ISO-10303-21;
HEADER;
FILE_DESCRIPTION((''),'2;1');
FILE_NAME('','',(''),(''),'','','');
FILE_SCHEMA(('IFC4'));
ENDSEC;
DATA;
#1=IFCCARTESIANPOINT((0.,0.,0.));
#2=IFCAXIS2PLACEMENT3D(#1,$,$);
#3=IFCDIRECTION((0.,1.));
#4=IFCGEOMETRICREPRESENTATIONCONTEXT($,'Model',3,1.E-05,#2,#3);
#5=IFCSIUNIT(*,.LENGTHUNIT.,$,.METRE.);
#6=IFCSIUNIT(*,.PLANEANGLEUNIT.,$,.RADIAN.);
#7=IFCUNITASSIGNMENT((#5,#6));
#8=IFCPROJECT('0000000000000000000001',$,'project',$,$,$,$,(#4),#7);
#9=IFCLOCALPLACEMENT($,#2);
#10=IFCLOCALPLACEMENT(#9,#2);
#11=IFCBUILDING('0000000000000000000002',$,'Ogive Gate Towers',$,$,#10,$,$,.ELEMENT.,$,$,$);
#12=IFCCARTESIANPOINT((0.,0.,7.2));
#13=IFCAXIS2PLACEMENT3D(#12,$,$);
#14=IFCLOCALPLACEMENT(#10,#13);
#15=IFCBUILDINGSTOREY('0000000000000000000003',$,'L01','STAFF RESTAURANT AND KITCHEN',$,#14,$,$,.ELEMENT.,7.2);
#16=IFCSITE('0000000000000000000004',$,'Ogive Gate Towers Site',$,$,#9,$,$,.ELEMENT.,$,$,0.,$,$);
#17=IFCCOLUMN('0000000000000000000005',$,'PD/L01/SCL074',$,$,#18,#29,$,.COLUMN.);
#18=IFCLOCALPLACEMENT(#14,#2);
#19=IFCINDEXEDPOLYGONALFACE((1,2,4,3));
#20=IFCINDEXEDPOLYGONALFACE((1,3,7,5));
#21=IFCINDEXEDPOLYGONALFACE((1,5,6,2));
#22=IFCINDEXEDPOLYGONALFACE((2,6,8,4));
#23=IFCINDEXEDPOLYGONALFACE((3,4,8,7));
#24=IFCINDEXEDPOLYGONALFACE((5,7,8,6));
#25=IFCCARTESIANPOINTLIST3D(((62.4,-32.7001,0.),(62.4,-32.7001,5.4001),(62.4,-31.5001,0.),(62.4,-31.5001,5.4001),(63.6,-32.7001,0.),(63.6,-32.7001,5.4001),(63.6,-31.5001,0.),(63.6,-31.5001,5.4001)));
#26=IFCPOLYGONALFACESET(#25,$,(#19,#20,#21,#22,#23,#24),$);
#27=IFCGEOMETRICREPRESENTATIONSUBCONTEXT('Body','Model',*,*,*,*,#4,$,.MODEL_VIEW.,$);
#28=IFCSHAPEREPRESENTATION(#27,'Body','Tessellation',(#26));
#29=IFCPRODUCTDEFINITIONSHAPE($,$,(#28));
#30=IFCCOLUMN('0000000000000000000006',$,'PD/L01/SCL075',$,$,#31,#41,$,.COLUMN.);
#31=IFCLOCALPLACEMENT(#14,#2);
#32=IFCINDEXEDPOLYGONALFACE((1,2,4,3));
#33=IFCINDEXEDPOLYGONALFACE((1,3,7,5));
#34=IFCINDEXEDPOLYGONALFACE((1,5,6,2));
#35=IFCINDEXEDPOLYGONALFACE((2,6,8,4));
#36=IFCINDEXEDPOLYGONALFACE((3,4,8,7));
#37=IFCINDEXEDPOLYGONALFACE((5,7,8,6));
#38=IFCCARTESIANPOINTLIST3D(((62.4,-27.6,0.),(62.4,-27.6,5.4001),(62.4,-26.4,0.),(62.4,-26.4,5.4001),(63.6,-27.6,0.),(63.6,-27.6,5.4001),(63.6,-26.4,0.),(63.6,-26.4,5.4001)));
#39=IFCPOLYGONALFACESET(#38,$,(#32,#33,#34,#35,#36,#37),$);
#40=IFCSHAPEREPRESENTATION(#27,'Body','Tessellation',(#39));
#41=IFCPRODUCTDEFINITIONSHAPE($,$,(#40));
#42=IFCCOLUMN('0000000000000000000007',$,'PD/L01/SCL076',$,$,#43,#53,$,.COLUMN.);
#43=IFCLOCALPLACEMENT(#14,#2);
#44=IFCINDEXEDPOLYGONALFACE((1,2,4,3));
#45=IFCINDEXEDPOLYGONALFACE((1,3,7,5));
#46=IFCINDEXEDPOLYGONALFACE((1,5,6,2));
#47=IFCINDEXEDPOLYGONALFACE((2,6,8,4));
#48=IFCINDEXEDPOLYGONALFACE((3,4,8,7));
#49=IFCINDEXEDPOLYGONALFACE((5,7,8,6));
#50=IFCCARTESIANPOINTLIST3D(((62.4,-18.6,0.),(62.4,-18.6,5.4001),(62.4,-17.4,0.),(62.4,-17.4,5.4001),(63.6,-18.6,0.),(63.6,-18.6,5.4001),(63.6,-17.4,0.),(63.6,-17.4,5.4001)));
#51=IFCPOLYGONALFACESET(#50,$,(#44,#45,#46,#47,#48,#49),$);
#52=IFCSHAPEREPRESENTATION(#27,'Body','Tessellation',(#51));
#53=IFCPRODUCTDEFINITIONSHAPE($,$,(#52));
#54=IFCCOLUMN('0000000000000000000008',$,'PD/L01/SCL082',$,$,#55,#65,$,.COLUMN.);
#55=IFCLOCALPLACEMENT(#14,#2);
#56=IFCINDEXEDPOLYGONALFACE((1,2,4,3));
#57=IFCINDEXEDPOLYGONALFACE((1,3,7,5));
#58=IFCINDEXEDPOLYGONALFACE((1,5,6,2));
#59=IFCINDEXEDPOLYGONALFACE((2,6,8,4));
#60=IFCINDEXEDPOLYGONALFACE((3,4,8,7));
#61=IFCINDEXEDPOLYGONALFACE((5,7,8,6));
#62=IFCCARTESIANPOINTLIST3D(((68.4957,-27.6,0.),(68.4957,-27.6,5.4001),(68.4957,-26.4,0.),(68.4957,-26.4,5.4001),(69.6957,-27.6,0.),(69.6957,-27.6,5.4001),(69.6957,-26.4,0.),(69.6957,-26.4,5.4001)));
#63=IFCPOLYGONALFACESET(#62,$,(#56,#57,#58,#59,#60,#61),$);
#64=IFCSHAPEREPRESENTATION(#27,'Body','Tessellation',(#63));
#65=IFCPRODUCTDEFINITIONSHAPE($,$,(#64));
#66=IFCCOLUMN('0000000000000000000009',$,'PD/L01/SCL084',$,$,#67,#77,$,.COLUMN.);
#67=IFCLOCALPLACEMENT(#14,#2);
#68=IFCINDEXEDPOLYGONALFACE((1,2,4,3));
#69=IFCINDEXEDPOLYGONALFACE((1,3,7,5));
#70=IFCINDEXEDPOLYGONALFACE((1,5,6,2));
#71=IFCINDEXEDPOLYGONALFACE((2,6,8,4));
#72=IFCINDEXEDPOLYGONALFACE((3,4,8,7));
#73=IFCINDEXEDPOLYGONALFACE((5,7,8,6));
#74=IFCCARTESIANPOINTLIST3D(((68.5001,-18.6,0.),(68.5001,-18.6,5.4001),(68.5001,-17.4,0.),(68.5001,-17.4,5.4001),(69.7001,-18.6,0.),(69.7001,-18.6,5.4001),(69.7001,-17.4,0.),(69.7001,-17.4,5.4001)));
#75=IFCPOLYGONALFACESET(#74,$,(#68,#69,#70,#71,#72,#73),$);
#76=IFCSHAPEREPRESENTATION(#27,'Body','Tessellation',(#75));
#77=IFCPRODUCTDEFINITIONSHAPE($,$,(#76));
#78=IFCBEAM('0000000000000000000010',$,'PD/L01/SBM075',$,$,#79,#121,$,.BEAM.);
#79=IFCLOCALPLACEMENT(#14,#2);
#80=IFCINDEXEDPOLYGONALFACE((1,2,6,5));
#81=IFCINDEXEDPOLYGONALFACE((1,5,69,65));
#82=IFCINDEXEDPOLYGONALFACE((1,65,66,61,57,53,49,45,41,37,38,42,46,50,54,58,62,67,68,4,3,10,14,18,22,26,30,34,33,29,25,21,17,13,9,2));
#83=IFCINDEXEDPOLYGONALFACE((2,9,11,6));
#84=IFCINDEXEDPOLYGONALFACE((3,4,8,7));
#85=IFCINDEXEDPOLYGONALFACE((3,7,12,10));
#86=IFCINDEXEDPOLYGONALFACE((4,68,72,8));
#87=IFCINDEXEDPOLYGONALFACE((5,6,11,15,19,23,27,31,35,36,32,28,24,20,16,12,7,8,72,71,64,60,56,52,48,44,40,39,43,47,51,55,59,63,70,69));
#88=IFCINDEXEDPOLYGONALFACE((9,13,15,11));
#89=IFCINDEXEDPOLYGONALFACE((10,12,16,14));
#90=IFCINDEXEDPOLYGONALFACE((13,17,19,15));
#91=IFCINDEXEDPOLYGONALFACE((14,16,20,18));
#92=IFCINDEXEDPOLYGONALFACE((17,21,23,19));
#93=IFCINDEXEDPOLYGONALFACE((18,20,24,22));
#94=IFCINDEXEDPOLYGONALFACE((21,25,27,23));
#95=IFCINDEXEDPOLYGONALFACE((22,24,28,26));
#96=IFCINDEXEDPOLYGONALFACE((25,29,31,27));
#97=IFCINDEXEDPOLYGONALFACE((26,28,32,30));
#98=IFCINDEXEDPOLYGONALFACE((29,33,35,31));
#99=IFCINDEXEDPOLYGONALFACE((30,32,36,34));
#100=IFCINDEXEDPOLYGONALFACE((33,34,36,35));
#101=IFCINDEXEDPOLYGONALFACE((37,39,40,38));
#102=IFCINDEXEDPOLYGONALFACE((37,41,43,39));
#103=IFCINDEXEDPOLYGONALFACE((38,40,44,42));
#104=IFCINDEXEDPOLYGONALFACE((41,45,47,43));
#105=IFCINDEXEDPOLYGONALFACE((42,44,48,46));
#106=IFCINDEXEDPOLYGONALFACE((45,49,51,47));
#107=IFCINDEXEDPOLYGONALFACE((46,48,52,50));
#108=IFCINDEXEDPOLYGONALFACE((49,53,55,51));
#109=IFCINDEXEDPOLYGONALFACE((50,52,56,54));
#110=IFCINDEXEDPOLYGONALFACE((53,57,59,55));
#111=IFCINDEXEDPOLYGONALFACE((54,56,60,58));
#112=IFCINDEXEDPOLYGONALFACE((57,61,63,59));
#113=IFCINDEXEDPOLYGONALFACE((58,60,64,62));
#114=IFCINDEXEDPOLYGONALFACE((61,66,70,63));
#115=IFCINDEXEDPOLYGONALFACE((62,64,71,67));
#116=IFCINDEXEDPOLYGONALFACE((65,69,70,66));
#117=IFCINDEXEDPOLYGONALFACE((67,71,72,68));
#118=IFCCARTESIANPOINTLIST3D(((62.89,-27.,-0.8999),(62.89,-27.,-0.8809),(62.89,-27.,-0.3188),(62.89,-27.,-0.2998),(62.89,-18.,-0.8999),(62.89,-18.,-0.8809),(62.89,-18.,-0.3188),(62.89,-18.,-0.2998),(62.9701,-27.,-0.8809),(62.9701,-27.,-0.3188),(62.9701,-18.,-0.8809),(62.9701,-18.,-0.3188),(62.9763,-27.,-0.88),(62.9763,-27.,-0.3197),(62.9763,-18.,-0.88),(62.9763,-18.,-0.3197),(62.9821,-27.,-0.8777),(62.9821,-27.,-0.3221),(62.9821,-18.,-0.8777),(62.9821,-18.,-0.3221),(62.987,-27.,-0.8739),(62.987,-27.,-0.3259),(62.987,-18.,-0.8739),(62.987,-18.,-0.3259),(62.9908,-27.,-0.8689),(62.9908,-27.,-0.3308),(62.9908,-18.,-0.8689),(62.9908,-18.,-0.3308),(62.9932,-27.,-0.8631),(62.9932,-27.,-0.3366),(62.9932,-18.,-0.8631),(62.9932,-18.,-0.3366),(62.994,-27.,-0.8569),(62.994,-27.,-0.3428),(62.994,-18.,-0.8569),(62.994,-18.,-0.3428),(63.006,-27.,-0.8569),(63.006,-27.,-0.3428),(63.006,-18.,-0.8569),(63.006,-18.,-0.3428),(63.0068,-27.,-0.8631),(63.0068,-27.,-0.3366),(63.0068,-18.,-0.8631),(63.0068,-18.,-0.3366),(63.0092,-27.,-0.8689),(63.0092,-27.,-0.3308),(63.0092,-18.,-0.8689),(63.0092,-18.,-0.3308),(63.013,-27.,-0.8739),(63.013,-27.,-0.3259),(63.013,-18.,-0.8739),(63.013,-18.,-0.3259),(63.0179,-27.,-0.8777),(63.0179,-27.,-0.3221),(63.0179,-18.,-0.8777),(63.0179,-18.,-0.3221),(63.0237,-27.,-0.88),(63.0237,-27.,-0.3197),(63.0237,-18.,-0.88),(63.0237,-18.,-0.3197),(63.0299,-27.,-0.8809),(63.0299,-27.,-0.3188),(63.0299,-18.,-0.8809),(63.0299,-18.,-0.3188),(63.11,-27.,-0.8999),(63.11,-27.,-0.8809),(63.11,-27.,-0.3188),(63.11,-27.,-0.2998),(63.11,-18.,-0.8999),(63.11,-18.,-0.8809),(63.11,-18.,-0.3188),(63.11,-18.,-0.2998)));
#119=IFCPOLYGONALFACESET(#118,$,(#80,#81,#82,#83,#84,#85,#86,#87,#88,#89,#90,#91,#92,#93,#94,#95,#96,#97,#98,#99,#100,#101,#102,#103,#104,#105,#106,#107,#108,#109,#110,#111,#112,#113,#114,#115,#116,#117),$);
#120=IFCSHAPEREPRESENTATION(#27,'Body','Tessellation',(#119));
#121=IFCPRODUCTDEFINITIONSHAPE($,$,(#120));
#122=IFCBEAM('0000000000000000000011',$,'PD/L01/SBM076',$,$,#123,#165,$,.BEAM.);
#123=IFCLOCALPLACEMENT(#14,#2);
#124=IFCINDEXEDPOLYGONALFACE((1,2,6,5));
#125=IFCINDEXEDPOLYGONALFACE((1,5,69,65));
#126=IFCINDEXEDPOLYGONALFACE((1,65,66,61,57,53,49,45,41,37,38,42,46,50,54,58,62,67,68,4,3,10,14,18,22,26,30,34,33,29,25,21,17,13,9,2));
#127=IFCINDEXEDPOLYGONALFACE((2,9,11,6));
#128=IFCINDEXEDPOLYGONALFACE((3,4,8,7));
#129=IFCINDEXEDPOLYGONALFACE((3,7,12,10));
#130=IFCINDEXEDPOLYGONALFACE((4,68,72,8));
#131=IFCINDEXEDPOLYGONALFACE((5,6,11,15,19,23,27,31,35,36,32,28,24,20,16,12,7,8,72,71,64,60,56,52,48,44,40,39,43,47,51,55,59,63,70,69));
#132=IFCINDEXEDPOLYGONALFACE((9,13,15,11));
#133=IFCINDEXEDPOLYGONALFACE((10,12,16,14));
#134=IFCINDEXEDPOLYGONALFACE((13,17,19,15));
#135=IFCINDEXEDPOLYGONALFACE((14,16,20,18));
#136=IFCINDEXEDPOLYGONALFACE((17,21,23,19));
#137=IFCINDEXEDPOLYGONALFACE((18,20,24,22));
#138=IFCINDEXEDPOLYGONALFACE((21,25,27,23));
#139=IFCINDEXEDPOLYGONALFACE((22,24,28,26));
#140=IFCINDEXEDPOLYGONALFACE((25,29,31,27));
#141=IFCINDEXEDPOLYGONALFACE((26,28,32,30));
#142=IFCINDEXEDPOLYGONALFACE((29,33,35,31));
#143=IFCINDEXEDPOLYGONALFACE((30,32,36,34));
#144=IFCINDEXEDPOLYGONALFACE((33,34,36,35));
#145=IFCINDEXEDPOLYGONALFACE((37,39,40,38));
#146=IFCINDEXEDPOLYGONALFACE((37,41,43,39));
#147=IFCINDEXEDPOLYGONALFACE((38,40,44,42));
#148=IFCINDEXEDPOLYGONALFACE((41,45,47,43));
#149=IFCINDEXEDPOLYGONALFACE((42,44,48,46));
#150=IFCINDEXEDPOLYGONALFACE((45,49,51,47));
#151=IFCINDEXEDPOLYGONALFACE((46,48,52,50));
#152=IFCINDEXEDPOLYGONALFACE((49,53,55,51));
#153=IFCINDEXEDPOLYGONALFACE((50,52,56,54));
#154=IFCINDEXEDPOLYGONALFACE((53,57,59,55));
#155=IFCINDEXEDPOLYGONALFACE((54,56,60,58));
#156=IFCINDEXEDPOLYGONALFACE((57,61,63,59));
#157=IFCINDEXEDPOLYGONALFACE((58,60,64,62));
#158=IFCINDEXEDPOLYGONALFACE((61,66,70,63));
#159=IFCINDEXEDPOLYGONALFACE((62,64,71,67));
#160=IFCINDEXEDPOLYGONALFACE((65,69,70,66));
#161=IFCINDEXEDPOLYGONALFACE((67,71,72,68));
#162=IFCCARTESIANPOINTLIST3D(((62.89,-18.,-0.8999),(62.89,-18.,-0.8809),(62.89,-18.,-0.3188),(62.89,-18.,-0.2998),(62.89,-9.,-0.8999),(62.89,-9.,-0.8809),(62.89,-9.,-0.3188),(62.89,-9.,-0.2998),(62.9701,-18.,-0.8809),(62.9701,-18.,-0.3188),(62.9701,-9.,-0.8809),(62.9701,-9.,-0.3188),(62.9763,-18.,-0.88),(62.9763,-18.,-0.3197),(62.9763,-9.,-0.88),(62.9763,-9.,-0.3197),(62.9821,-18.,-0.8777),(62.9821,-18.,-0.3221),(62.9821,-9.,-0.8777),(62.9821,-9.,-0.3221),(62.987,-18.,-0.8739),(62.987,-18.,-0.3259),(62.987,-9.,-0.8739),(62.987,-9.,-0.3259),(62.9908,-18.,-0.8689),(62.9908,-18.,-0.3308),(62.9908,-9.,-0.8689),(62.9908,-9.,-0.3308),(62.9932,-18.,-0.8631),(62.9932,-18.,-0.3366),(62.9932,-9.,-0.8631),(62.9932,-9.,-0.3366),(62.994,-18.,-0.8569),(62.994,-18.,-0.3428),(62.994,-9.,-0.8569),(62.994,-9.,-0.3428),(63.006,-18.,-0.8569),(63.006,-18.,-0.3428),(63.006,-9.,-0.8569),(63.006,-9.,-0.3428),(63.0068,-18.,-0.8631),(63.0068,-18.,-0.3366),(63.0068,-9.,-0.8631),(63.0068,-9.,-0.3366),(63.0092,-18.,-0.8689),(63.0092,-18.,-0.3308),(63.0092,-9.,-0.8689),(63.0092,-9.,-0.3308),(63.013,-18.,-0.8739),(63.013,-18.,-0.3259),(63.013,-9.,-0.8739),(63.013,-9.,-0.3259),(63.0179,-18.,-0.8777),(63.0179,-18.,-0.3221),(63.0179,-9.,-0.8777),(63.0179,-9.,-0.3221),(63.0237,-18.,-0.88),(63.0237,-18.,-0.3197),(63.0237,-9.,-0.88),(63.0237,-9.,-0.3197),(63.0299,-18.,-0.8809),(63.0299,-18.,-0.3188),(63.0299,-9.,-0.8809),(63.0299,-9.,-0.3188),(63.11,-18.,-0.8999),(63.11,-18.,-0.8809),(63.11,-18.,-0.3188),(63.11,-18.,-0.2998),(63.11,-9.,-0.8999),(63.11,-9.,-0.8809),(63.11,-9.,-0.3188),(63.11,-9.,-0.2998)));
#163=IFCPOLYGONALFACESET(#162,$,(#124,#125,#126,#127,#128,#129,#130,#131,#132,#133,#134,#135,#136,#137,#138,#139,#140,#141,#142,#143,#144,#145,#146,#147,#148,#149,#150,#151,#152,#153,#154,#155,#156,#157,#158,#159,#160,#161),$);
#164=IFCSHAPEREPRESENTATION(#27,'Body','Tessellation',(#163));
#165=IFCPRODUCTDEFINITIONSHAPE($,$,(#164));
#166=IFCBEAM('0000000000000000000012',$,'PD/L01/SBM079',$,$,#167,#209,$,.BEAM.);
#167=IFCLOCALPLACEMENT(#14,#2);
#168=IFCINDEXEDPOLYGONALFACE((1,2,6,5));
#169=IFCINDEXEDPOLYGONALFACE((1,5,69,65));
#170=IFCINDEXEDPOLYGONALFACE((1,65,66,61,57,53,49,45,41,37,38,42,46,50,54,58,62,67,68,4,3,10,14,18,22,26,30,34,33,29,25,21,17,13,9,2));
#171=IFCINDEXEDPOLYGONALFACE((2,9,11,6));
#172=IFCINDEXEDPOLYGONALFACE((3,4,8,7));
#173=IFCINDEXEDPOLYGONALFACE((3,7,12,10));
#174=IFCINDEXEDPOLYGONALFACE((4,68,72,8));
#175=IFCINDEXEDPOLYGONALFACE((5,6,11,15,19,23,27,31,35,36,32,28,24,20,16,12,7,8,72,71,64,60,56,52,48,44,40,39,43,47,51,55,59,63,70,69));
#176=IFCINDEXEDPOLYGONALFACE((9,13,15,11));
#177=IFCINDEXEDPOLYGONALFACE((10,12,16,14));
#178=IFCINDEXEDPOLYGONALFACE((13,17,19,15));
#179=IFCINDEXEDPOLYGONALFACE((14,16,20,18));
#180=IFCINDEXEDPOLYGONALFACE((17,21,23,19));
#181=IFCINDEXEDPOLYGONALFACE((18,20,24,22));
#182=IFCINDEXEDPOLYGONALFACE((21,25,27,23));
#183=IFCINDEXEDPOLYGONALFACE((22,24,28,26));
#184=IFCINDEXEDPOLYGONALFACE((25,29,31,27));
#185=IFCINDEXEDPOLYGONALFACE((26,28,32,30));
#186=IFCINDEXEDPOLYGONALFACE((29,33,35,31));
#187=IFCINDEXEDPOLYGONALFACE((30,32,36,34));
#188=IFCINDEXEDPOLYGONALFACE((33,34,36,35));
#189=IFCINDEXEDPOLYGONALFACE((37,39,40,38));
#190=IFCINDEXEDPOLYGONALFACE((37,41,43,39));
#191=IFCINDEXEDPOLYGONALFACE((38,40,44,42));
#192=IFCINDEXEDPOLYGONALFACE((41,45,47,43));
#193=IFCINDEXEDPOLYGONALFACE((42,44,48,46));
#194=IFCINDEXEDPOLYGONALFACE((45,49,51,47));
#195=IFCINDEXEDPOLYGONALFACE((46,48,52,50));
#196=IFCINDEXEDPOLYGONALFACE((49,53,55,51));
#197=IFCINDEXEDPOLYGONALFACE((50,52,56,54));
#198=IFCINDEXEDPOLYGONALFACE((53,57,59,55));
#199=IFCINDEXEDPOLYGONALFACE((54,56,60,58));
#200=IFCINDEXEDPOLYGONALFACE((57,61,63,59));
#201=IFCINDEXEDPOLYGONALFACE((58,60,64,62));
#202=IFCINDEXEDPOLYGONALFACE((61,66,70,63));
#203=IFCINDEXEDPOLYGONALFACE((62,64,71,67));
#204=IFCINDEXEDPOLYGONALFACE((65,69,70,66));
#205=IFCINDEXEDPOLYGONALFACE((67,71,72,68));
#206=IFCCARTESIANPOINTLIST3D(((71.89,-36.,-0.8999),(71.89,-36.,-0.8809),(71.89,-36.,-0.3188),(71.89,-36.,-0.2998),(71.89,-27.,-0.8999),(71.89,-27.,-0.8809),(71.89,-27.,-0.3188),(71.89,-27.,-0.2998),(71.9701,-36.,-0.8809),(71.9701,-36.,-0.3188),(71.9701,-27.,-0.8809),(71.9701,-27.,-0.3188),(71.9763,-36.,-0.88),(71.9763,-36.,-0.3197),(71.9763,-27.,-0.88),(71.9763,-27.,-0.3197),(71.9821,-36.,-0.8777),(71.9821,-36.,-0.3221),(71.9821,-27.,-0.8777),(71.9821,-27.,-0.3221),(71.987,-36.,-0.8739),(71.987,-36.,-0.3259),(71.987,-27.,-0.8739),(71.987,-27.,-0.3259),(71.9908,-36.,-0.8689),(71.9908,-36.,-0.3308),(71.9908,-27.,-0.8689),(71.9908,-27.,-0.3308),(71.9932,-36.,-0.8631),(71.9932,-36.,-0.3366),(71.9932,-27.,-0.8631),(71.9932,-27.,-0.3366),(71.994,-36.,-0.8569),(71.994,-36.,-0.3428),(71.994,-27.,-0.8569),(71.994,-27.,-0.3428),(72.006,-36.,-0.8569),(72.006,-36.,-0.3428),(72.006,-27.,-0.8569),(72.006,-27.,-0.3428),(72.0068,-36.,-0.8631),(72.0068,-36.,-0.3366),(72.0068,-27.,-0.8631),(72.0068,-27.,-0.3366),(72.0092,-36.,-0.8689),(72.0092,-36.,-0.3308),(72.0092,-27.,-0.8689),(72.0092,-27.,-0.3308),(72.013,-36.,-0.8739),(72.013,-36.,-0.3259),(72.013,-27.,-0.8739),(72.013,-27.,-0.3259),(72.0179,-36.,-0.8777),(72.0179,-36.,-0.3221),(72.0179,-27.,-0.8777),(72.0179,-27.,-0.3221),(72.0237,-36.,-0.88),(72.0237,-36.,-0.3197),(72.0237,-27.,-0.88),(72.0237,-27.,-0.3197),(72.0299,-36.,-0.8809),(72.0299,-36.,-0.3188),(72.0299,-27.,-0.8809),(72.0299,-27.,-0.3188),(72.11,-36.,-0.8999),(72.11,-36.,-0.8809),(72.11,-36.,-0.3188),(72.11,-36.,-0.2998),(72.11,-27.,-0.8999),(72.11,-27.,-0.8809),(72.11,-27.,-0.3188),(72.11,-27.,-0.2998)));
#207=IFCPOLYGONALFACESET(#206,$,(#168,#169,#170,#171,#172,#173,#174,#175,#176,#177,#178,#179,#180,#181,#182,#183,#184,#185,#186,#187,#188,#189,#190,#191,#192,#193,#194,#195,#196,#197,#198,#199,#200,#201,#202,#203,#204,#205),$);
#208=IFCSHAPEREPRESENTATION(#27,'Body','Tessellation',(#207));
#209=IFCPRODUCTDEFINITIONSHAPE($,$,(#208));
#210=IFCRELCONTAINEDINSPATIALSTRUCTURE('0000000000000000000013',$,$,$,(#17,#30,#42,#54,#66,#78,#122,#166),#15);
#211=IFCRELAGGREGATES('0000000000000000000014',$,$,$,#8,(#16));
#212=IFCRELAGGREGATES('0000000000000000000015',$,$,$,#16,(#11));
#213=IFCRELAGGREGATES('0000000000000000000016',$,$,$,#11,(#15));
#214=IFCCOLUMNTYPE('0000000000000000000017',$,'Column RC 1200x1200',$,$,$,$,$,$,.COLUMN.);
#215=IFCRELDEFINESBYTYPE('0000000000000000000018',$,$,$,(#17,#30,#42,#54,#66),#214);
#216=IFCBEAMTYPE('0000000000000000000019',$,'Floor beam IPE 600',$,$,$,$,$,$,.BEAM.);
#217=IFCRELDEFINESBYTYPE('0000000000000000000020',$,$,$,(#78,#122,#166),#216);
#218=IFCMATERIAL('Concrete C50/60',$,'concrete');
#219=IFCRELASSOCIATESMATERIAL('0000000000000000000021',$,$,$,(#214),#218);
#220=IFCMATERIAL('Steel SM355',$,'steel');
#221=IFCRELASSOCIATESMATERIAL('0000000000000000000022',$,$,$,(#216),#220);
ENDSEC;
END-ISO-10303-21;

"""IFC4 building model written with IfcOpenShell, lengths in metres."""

from ifc_helpers import new_model, si_unit, direction, frame, origin, origin_2d, place, context, subcontext, project, spatial, rectangle, i_section, extrude, material, material_profile, profile_set, type_object, element, save


model = new_model("IFC4")

# Units and contexts
model_context = context("Model", 3, precision=1e-05, world=origin(), true_north=direction((0.0, 1.0)))
body_context = subcontext(model_context, "Body", "Model", "MODEL_VIEW")
ifc_project = project(units=[si_unit("LENGTHUNIT", "METRE"), si_unit("PLANEANGLEUNIT", "RADIAN")], contexts=[model_context])

# Site, building, storey
site_placement = place(None, origin())
site = spatial("IfcSite", under=ifc_project, at=site_placement, Name="Ogive Gate Towers Site", CompositionType="ELEMENT", RefElevation=0.0)
building_placement = place(site_placement, origin())
building = spatial("IfcBuilding", under=site, at=building_placement, Name="Ogive Gate Towers", CompositionType="ELEMENT")
storey_placement = place(building_placement, frame((0.0, 0.0, 7.2)))
storey = spatial("IfcBuildingStorey", under=building, at=storey_placement, Name="L01", Description="STAFF RESTAURANT AND KITCHEN", CompositionType="ELEMENT", Elevation=7.2)

# Columns
ifc_material_1 = material(Name="Concrete C50/60", Category="concrete")
ifc_material_profile_1 = material_profile(ifc_material_1, rectangle(XDim=1.2, YDim=1.2, at=origin_2d()), Name="RC 1200x1200")
ifc_profile_set_1 = profile_set([ifc_material_profile_1], Name="Concrete C50/60")
column_type = type_object("IfcColumnType", Name="Column RC 1200x1200", PredefinedType="COLUMN", material=ifc_profile_set_1)
for number, where, z_axis, x_axis, name in (
    (1, (63.0, -32.1001, 0.0), (0.0, 0.0, 1.0), (1.0, 0.0, 0.0), "PD/L01/SCL074"),
    (2, (63.0, -27.0, 0.0), (0.0, 0.0, 1.0), (1.0, 0.0, 0.0), "PD/L01/SCL075"),
    (3, (63.0, -18.0, 0.0), (0.0, 0.0, 1.0), (1.0, 0.0, 0.0), "PD/L01/SCL076"),
    (4, (69.0957, -27.0, 0.0), (0.0, 0.0, 1.0), (1.0, 0.0, 0.0), "PD/L01/SCL082"),
    (5, (69.1001, -18.0, 0.0), (0.0, 0.0, 1.0), (1.0, 0.0, 0.0), "PD/L01/SCL084"),
):
    element("IfcColumn", number, at=place(storey_placement, frame(where, z_axis=z_axis, x_axis=x_axis)), inside=storey, type_object=column_type, Name=name, PredefinedType="COLUMN", context=body_context, shape_type="SweptSolid", body=[
        extrude(rectangle(XDim=1.2, YDim=1.2, at=origin_2d()), origin(), (0.0, 0.0, 1.0), 5.4001),
    ])

# Beams
ifc_material_2 = material(Name="Steel SM355", Category="steel")
ifc_material_profile_2 = material_profile(ifc_material_2, i_section(OverallWidth=0.22, OverallDepth=0.6001, WebThickness=0.012, FlangeThickness=0.019, FilletRadius=0.0239, at=origin_2d()), Name="IPE 600")
ifc_profile_set_2 = profile_set([ifc_material_profile_2], Name="Steel SM355")
beam_type_1 = type_object("IfcBeamType", Name="Floor beam IPE 600", PredefinedType="BEAM", material=ifc_profile_set_2)
for number, where, z_axis, x_axis, name in (
    (6, (63.0, -27.0, -0.5999), (0.0, 1.0, 0.0), (-1.0, 0.0, 0.0), "PD/L01/SBM075"),
    (7, (63.0, -18.0, -0.5999), (0.0, 1.0, 0.0), (-1.0, 0.0, 0.0), "PD/L01/SBM076"),
    (8, (72.0, -36.0, -0.5999), (0.0, 1.0, 0.0), (-1.0, 0.0, 0.0), "PD/L01/SBM079"),
):
    element("IfcBeam", number, at=place(storey_placement, frame(where, z_axis=z_axis, x_axis=x_axis)), inside=storey, type_object=beam_type_1, Name=name, PredefinedType="BEAM", context=body_context, shape_type="SweptSolid", body=[
        extrude(i_section(OverallWidth=0.22, OverallDepth=0.6001, WebThickness=0.012, FlangeThickness=0.019, FilletRadius=0.0239, at=origin_2d()), origin(), (0.0, 0.0, 1.0), 9.0),
    ])

save(model, "model.ifc")
